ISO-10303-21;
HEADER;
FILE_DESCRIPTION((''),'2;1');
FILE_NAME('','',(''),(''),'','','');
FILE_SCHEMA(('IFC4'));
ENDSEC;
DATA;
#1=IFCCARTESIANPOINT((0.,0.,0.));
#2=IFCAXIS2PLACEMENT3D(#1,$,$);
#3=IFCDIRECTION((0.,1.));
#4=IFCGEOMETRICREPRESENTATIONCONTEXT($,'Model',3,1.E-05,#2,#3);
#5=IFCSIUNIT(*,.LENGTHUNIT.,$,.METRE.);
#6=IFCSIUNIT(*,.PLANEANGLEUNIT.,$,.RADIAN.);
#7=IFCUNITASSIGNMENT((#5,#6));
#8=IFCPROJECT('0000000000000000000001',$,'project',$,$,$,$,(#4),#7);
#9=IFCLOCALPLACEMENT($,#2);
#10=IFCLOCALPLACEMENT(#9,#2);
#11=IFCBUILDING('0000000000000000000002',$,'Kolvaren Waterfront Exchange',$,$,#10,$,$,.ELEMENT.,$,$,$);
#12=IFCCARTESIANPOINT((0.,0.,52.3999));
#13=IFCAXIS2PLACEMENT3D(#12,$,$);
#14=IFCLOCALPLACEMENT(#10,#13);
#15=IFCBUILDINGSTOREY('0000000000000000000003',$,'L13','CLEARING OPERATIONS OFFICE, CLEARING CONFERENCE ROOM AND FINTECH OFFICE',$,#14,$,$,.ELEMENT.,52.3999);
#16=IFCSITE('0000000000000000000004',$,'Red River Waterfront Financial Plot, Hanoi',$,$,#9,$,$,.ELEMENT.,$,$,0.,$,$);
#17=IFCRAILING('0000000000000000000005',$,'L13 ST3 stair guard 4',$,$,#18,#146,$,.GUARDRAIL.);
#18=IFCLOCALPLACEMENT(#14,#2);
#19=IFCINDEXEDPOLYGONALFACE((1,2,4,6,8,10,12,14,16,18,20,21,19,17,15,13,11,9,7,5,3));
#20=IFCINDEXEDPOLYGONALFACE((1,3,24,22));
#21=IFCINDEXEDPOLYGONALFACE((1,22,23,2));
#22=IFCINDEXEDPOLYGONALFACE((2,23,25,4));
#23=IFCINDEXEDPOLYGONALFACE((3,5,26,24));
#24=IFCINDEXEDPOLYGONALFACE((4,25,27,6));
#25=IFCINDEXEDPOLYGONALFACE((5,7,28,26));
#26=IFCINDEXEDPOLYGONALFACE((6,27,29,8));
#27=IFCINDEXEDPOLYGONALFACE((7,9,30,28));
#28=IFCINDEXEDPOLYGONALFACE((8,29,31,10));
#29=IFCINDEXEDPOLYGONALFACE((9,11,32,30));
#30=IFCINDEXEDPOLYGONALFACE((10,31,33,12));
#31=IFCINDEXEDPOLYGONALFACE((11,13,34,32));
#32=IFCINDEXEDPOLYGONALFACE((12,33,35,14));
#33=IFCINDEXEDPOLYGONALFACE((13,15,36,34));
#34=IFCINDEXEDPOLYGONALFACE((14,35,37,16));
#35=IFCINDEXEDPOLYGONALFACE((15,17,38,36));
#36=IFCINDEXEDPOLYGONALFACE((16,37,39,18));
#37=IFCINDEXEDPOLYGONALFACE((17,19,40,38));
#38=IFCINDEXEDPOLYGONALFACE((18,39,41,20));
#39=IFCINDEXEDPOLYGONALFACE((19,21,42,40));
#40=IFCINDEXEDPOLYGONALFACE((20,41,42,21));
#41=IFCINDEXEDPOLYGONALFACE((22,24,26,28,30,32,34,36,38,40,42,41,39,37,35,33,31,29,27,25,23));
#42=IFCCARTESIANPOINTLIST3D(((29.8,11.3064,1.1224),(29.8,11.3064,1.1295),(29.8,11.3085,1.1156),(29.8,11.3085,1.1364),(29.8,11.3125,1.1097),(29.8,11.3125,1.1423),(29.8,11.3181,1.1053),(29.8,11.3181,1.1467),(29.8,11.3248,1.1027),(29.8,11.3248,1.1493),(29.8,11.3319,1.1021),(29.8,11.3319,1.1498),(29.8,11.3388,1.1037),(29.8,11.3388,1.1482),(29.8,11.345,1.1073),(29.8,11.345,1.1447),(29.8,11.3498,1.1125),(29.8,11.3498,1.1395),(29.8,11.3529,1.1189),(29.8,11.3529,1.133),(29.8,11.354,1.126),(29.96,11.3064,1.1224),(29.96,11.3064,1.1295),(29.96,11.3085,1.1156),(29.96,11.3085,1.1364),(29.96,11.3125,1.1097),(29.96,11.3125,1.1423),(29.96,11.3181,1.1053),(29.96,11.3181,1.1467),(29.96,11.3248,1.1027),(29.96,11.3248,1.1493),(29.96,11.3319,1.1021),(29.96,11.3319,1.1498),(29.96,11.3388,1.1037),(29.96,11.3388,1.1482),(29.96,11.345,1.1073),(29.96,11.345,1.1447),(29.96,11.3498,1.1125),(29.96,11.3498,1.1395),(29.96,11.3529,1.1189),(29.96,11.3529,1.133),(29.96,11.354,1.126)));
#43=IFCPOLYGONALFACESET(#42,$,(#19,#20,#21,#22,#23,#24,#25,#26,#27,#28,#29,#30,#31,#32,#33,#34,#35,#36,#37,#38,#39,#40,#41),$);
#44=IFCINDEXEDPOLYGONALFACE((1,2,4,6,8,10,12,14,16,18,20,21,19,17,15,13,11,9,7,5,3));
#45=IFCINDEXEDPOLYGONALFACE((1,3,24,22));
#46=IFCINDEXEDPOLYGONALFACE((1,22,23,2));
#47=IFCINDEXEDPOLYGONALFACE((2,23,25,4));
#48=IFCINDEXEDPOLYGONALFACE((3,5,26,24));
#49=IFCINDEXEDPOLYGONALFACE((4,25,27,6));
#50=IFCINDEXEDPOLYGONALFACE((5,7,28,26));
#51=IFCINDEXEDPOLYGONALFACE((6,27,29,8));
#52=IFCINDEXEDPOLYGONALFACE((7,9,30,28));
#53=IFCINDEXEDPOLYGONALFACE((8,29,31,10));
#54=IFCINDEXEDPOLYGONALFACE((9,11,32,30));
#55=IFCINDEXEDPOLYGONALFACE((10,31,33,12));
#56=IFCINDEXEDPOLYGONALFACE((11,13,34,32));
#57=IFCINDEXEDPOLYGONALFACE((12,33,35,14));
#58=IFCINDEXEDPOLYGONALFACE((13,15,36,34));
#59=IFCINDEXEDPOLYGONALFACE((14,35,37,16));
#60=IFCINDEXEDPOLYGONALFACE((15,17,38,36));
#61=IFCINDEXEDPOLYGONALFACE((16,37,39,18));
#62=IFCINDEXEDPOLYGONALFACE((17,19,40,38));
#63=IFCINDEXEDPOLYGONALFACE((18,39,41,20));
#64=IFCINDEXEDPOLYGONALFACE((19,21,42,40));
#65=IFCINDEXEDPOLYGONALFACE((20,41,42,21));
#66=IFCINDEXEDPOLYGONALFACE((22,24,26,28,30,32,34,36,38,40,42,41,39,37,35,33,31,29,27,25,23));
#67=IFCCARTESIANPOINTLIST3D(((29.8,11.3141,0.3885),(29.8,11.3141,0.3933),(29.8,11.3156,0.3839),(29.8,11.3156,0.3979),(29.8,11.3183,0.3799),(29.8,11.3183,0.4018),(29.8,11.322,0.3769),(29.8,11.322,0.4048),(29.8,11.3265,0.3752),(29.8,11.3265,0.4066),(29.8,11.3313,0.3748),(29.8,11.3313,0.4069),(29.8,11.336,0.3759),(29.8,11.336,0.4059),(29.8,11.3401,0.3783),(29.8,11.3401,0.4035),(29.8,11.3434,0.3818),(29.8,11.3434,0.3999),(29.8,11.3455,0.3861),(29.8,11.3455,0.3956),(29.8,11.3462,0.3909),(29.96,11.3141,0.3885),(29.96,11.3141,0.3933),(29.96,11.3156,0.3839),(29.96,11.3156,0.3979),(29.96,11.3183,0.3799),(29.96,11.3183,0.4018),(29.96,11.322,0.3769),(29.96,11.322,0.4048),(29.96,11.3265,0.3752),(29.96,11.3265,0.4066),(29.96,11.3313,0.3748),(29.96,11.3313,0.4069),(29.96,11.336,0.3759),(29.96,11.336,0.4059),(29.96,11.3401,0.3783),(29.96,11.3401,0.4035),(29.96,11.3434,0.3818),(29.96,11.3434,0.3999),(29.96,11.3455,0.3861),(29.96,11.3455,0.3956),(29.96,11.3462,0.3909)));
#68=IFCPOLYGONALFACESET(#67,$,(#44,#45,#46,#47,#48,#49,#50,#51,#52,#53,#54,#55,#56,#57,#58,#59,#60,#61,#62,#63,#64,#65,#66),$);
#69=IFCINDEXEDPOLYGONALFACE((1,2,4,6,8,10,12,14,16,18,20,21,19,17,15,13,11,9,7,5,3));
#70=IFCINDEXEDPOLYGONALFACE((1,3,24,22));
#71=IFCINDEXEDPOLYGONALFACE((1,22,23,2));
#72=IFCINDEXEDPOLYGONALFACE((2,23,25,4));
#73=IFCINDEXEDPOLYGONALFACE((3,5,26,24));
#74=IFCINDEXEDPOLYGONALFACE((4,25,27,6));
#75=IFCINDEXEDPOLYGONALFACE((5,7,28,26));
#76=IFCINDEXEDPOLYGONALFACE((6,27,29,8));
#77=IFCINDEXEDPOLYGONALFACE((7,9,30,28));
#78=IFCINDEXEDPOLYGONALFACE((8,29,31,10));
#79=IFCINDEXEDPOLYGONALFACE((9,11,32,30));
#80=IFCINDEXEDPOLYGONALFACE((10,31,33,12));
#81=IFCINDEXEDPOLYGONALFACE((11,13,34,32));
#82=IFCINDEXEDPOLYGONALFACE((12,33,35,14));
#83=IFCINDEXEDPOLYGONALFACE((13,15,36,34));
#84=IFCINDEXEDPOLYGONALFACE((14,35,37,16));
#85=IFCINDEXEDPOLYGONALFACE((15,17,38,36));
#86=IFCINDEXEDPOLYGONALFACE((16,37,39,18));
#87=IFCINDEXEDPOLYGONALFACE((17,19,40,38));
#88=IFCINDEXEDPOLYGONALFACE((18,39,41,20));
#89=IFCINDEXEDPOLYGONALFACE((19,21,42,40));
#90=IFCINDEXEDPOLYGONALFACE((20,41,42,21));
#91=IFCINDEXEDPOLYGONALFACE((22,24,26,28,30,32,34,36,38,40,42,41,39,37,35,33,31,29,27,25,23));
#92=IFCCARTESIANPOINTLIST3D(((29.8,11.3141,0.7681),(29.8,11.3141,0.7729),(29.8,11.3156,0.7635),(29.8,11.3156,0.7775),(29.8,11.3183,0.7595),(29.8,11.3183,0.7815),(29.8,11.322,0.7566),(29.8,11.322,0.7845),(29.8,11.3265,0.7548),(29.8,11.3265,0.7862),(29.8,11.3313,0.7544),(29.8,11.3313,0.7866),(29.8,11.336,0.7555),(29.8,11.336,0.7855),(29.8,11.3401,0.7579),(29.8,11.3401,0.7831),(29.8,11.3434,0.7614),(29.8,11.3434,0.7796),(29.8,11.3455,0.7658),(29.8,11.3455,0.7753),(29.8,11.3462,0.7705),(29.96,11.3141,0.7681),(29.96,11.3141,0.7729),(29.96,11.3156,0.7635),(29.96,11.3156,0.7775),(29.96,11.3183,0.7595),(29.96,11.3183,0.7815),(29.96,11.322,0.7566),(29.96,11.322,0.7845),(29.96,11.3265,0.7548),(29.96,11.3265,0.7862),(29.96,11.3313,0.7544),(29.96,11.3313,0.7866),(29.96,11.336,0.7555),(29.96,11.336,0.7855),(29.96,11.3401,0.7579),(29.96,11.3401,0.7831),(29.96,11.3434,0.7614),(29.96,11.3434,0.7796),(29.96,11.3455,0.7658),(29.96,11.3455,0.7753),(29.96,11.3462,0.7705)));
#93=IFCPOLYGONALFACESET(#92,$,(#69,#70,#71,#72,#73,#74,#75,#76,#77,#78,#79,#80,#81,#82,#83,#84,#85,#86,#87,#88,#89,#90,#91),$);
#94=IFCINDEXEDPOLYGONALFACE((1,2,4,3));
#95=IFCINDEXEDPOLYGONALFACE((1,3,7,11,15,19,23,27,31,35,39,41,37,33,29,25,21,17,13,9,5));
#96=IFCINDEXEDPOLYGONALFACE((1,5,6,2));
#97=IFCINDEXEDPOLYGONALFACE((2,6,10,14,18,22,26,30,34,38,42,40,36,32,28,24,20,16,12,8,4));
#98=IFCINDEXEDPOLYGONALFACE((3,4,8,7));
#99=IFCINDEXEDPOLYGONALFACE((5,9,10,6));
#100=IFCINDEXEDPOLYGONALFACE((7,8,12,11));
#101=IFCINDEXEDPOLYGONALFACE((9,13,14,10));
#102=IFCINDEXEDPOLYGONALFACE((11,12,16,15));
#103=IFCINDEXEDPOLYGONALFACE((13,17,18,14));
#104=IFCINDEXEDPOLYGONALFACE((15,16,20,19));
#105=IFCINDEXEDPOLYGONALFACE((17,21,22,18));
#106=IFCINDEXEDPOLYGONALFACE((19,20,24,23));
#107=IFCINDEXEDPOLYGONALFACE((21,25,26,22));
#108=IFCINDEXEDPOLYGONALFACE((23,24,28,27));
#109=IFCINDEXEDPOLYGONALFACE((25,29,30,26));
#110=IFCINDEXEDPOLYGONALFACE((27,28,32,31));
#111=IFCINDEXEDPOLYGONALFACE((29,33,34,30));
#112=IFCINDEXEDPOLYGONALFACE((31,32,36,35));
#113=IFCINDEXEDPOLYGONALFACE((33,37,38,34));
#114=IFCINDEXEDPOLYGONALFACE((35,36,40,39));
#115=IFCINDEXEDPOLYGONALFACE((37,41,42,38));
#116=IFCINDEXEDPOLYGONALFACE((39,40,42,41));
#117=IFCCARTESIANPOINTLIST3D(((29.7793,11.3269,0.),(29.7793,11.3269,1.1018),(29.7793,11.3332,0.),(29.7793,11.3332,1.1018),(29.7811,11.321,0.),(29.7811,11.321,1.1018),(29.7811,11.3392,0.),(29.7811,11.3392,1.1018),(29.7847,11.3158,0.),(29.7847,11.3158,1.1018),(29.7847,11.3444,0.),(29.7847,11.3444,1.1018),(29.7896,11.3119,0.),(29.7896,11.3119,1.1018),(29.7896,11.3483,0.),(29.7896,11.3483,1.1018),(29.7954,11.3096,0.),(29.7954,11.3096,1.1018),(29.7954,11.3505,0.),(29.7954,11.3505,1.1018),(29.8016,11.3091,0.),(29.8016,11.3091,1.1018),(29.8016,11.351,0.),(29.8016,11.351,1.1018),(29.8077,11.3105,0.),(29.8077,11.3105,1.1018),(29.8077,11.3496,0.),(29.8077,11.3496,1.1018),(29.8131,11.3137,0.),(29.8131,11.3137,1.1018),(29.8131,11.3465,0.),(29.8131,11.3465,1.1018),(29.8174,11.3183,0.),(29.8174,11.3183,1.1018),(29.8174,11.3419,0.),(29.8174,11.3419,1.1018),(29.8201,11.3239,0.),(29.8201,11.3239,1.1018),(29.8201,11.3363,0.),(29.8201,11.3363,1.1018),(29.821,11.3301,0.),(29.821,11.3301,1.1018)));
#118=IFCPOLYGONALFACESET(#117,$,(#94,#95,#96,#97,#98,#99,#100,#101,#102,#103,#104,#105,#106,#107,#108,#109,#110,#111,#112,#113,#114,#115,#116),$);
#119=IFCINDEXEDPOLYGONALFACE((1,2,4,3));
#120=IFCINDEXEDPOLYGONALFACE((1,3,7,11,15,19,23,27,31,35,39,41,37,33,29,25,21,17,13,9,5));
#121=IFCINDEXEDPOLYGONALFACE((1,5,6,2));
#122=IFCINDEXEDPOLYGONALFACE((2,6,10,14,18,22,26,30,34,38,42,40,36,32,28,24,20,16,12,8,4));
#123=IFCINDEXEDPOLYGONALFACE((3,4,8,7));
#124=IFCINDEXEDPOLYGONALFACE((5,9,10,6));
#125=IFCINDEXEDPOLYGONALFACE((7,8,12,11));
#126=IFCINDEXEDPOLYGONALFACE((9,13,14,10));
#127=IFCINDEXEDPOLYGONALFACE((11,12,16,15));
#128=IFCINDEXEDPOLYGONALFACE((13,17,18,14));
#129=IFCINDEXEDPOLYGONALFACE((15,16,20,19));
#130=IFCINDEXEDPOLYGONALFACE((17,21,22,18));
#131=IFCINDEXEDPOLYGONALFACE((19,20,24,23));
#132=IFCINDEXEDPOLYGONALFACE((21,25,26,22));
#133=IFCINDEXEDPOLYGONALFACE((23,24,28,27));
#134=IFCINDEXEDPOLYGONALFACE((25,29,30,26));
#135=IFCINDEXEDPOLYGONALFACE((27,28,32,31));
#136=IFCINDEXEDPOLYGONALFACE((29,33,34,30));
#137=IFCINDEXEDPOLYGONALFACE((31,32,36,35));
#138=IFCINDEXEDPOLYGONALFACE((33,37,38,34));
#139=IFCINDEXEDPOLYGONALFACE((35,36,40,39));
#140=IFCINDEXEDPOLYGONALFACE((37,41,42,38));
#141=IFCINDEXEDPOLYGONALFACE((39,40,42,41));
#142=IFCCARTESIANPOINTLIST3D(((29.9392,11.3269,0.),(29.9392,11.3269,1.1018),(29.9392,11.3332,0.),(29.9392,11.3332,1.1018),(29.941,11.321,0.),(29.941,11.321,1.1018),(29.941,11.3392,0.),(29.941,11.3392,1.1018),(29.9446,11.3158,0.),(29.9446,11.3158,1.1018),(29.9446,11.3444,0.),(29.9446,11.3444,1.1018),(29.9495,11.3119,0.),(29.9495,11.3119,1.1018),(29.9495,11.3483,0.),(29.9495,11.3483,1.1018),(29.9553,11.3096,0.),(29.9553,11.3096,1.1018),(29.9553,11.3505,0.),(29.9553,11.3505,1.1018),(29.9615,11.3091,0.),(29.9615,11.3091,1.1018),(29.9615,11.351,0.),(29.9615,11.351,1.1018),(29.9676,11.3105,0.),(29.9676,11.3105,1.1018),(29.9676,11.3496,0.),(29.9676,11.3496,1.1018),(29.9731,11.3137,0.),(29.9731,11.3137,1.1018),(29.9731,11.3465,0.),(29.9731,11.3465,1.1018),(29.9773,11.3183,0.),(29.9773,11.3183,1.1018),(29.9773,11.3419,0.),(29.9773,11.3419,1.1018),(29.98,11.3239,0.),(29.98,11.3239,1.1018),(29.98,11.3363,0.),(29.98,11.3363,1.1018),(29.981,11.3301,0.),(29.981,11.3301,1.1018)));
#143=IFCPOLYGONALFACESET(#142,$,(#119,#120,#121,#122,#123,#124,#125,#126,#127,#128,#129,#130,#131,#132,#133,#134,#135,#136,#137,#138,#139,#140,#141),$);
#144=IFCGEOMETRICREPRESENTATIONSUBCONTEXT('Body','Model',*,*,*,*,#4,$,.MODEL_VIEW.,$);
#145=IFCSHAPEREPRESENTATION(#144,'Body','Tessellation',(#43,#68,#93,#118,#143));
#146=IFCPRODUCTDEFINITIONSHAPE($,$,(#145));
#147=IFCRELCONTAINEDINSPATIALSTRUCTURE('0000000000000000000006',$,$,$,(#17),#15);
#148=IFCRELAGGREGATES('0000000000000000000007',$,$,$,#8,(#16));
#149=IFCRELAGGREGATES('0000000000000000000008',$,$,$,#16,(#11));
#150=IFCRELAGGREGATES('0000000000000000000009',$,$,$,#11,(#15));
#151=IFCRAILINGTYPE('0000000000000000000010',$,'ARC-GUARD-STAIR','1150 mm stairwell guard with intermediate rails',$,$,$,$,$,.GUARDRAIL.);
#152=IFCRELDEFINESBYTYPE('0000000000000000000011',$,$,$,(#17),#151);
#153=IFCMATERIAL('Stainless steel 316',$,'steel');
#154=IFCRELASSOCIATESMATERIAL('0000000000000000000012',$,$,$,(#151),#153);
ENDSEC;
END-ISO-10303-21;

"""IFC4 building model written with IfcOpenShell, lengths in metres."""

from ifc_helpers import new_model, si_unit, direction, frame, origin, origin_2d, place, context, subcontext, project, spatial, circle, extrude, material, type_object, element, save


model = new_model("IFC4")

# Units and contexts
model_context = context("Model", 3, precision=1e-05, world=origin(), true_north=direction((0.0, 1.0)))
body_context = subcontext(model_context, "Body", "Model", "MODEL_VIEW")
ifc_project = project(units=[si_unit("LENGTHUNIT", "METRE"), si_unit("PLANEANGLEUNIT", "RADIAN")], contexts=[model_context])

# Site, building, storey
site_placement = place(None, origin())
site = spatial("IfcSite", under=ifc_project, at=site_placement, Name="Red River Waterfront Financial Plot, Hanoi", CompositionType="ELEMENT", RefElevation=0.0)
building_placement = place(site_placement, origin())
building = spatial("IfcBuilding", under=site, at=building_placement, Name="Kolvaren Waterfront Exchange", CompositionType="ELEMENT")
storey_placement = place(building_placement, frame((0.0, 0.0, 52.3999)))
storey = spatial("IfcBuildingStorey", under=building, at=storey_placement, Name="L13", Description="CLEARING OPERATIONS OFFICE, CLEARING CONFERENCE ROOM AND FINTECH OFFICE", CompositionType="ELEMENT", Elevation=52.3999)

# Railing
ifc_material_1 = material(Name="Stainless steel 316", Category="steel")
railing_type_1 = type_object("IfcRailingType", Name="ARC-GUARD-STAIR", Description="1150 mm stairwell guard with intermediate rails", PredefinedType="GUARDRAIL", material=ifc_material_1)
railing_1_placement = place(storey_placement, frame((29.8, 11.3301, 0.0)))
element("IfcRailing", 1, at=railing_1_placement, inside=storey, type_object=railing_type_1, Name="L13 ST3 stair guard 4", PredefinedType="GUARDRAIL", context=body_context, shape_type="SweptSolid", body=[
    extrude(circle(Radius=0.0239, at=origin_2d()), frame((0.0, 0.0, 1.126), z_axis=(1.0, 0.0, 0.0), x_axis=(0.0, 1.0, 0.0)), (0.0, 0.0, 1.0), 0.1599),
    extrude(circle(Radius=0.0161, at=origin_2d()), frame((0.0, 0.0, 0.3909), z_axis=(1.0, 0.0, 0.0), x_axis=(0.0, 1.0, 0.0)), (0.0, 0.0, 1.0), 0.1599),
    extrude(circle(Radius=0.0161, at=origin_2d()), frame((0.0, 0.0, 0.7705), z_axis=(1.0, 0.0, 0.0), x_axis=(0.0, 1.0, 0.0)), (0.0, 0.0, 1.0), 0.1599),
    extrude(circle(Radius=0.021, at=origin_2d()), origin(), (0.0, 0.0, 1.0), 1.1018),
    extrude(circle(Radius=0.021, at=origin_2d()), frame((0.1599, 0.0, 0.0)), (0.0, 0.0, 1.0), 1.1018),
])

save(model, "model.ifc")
